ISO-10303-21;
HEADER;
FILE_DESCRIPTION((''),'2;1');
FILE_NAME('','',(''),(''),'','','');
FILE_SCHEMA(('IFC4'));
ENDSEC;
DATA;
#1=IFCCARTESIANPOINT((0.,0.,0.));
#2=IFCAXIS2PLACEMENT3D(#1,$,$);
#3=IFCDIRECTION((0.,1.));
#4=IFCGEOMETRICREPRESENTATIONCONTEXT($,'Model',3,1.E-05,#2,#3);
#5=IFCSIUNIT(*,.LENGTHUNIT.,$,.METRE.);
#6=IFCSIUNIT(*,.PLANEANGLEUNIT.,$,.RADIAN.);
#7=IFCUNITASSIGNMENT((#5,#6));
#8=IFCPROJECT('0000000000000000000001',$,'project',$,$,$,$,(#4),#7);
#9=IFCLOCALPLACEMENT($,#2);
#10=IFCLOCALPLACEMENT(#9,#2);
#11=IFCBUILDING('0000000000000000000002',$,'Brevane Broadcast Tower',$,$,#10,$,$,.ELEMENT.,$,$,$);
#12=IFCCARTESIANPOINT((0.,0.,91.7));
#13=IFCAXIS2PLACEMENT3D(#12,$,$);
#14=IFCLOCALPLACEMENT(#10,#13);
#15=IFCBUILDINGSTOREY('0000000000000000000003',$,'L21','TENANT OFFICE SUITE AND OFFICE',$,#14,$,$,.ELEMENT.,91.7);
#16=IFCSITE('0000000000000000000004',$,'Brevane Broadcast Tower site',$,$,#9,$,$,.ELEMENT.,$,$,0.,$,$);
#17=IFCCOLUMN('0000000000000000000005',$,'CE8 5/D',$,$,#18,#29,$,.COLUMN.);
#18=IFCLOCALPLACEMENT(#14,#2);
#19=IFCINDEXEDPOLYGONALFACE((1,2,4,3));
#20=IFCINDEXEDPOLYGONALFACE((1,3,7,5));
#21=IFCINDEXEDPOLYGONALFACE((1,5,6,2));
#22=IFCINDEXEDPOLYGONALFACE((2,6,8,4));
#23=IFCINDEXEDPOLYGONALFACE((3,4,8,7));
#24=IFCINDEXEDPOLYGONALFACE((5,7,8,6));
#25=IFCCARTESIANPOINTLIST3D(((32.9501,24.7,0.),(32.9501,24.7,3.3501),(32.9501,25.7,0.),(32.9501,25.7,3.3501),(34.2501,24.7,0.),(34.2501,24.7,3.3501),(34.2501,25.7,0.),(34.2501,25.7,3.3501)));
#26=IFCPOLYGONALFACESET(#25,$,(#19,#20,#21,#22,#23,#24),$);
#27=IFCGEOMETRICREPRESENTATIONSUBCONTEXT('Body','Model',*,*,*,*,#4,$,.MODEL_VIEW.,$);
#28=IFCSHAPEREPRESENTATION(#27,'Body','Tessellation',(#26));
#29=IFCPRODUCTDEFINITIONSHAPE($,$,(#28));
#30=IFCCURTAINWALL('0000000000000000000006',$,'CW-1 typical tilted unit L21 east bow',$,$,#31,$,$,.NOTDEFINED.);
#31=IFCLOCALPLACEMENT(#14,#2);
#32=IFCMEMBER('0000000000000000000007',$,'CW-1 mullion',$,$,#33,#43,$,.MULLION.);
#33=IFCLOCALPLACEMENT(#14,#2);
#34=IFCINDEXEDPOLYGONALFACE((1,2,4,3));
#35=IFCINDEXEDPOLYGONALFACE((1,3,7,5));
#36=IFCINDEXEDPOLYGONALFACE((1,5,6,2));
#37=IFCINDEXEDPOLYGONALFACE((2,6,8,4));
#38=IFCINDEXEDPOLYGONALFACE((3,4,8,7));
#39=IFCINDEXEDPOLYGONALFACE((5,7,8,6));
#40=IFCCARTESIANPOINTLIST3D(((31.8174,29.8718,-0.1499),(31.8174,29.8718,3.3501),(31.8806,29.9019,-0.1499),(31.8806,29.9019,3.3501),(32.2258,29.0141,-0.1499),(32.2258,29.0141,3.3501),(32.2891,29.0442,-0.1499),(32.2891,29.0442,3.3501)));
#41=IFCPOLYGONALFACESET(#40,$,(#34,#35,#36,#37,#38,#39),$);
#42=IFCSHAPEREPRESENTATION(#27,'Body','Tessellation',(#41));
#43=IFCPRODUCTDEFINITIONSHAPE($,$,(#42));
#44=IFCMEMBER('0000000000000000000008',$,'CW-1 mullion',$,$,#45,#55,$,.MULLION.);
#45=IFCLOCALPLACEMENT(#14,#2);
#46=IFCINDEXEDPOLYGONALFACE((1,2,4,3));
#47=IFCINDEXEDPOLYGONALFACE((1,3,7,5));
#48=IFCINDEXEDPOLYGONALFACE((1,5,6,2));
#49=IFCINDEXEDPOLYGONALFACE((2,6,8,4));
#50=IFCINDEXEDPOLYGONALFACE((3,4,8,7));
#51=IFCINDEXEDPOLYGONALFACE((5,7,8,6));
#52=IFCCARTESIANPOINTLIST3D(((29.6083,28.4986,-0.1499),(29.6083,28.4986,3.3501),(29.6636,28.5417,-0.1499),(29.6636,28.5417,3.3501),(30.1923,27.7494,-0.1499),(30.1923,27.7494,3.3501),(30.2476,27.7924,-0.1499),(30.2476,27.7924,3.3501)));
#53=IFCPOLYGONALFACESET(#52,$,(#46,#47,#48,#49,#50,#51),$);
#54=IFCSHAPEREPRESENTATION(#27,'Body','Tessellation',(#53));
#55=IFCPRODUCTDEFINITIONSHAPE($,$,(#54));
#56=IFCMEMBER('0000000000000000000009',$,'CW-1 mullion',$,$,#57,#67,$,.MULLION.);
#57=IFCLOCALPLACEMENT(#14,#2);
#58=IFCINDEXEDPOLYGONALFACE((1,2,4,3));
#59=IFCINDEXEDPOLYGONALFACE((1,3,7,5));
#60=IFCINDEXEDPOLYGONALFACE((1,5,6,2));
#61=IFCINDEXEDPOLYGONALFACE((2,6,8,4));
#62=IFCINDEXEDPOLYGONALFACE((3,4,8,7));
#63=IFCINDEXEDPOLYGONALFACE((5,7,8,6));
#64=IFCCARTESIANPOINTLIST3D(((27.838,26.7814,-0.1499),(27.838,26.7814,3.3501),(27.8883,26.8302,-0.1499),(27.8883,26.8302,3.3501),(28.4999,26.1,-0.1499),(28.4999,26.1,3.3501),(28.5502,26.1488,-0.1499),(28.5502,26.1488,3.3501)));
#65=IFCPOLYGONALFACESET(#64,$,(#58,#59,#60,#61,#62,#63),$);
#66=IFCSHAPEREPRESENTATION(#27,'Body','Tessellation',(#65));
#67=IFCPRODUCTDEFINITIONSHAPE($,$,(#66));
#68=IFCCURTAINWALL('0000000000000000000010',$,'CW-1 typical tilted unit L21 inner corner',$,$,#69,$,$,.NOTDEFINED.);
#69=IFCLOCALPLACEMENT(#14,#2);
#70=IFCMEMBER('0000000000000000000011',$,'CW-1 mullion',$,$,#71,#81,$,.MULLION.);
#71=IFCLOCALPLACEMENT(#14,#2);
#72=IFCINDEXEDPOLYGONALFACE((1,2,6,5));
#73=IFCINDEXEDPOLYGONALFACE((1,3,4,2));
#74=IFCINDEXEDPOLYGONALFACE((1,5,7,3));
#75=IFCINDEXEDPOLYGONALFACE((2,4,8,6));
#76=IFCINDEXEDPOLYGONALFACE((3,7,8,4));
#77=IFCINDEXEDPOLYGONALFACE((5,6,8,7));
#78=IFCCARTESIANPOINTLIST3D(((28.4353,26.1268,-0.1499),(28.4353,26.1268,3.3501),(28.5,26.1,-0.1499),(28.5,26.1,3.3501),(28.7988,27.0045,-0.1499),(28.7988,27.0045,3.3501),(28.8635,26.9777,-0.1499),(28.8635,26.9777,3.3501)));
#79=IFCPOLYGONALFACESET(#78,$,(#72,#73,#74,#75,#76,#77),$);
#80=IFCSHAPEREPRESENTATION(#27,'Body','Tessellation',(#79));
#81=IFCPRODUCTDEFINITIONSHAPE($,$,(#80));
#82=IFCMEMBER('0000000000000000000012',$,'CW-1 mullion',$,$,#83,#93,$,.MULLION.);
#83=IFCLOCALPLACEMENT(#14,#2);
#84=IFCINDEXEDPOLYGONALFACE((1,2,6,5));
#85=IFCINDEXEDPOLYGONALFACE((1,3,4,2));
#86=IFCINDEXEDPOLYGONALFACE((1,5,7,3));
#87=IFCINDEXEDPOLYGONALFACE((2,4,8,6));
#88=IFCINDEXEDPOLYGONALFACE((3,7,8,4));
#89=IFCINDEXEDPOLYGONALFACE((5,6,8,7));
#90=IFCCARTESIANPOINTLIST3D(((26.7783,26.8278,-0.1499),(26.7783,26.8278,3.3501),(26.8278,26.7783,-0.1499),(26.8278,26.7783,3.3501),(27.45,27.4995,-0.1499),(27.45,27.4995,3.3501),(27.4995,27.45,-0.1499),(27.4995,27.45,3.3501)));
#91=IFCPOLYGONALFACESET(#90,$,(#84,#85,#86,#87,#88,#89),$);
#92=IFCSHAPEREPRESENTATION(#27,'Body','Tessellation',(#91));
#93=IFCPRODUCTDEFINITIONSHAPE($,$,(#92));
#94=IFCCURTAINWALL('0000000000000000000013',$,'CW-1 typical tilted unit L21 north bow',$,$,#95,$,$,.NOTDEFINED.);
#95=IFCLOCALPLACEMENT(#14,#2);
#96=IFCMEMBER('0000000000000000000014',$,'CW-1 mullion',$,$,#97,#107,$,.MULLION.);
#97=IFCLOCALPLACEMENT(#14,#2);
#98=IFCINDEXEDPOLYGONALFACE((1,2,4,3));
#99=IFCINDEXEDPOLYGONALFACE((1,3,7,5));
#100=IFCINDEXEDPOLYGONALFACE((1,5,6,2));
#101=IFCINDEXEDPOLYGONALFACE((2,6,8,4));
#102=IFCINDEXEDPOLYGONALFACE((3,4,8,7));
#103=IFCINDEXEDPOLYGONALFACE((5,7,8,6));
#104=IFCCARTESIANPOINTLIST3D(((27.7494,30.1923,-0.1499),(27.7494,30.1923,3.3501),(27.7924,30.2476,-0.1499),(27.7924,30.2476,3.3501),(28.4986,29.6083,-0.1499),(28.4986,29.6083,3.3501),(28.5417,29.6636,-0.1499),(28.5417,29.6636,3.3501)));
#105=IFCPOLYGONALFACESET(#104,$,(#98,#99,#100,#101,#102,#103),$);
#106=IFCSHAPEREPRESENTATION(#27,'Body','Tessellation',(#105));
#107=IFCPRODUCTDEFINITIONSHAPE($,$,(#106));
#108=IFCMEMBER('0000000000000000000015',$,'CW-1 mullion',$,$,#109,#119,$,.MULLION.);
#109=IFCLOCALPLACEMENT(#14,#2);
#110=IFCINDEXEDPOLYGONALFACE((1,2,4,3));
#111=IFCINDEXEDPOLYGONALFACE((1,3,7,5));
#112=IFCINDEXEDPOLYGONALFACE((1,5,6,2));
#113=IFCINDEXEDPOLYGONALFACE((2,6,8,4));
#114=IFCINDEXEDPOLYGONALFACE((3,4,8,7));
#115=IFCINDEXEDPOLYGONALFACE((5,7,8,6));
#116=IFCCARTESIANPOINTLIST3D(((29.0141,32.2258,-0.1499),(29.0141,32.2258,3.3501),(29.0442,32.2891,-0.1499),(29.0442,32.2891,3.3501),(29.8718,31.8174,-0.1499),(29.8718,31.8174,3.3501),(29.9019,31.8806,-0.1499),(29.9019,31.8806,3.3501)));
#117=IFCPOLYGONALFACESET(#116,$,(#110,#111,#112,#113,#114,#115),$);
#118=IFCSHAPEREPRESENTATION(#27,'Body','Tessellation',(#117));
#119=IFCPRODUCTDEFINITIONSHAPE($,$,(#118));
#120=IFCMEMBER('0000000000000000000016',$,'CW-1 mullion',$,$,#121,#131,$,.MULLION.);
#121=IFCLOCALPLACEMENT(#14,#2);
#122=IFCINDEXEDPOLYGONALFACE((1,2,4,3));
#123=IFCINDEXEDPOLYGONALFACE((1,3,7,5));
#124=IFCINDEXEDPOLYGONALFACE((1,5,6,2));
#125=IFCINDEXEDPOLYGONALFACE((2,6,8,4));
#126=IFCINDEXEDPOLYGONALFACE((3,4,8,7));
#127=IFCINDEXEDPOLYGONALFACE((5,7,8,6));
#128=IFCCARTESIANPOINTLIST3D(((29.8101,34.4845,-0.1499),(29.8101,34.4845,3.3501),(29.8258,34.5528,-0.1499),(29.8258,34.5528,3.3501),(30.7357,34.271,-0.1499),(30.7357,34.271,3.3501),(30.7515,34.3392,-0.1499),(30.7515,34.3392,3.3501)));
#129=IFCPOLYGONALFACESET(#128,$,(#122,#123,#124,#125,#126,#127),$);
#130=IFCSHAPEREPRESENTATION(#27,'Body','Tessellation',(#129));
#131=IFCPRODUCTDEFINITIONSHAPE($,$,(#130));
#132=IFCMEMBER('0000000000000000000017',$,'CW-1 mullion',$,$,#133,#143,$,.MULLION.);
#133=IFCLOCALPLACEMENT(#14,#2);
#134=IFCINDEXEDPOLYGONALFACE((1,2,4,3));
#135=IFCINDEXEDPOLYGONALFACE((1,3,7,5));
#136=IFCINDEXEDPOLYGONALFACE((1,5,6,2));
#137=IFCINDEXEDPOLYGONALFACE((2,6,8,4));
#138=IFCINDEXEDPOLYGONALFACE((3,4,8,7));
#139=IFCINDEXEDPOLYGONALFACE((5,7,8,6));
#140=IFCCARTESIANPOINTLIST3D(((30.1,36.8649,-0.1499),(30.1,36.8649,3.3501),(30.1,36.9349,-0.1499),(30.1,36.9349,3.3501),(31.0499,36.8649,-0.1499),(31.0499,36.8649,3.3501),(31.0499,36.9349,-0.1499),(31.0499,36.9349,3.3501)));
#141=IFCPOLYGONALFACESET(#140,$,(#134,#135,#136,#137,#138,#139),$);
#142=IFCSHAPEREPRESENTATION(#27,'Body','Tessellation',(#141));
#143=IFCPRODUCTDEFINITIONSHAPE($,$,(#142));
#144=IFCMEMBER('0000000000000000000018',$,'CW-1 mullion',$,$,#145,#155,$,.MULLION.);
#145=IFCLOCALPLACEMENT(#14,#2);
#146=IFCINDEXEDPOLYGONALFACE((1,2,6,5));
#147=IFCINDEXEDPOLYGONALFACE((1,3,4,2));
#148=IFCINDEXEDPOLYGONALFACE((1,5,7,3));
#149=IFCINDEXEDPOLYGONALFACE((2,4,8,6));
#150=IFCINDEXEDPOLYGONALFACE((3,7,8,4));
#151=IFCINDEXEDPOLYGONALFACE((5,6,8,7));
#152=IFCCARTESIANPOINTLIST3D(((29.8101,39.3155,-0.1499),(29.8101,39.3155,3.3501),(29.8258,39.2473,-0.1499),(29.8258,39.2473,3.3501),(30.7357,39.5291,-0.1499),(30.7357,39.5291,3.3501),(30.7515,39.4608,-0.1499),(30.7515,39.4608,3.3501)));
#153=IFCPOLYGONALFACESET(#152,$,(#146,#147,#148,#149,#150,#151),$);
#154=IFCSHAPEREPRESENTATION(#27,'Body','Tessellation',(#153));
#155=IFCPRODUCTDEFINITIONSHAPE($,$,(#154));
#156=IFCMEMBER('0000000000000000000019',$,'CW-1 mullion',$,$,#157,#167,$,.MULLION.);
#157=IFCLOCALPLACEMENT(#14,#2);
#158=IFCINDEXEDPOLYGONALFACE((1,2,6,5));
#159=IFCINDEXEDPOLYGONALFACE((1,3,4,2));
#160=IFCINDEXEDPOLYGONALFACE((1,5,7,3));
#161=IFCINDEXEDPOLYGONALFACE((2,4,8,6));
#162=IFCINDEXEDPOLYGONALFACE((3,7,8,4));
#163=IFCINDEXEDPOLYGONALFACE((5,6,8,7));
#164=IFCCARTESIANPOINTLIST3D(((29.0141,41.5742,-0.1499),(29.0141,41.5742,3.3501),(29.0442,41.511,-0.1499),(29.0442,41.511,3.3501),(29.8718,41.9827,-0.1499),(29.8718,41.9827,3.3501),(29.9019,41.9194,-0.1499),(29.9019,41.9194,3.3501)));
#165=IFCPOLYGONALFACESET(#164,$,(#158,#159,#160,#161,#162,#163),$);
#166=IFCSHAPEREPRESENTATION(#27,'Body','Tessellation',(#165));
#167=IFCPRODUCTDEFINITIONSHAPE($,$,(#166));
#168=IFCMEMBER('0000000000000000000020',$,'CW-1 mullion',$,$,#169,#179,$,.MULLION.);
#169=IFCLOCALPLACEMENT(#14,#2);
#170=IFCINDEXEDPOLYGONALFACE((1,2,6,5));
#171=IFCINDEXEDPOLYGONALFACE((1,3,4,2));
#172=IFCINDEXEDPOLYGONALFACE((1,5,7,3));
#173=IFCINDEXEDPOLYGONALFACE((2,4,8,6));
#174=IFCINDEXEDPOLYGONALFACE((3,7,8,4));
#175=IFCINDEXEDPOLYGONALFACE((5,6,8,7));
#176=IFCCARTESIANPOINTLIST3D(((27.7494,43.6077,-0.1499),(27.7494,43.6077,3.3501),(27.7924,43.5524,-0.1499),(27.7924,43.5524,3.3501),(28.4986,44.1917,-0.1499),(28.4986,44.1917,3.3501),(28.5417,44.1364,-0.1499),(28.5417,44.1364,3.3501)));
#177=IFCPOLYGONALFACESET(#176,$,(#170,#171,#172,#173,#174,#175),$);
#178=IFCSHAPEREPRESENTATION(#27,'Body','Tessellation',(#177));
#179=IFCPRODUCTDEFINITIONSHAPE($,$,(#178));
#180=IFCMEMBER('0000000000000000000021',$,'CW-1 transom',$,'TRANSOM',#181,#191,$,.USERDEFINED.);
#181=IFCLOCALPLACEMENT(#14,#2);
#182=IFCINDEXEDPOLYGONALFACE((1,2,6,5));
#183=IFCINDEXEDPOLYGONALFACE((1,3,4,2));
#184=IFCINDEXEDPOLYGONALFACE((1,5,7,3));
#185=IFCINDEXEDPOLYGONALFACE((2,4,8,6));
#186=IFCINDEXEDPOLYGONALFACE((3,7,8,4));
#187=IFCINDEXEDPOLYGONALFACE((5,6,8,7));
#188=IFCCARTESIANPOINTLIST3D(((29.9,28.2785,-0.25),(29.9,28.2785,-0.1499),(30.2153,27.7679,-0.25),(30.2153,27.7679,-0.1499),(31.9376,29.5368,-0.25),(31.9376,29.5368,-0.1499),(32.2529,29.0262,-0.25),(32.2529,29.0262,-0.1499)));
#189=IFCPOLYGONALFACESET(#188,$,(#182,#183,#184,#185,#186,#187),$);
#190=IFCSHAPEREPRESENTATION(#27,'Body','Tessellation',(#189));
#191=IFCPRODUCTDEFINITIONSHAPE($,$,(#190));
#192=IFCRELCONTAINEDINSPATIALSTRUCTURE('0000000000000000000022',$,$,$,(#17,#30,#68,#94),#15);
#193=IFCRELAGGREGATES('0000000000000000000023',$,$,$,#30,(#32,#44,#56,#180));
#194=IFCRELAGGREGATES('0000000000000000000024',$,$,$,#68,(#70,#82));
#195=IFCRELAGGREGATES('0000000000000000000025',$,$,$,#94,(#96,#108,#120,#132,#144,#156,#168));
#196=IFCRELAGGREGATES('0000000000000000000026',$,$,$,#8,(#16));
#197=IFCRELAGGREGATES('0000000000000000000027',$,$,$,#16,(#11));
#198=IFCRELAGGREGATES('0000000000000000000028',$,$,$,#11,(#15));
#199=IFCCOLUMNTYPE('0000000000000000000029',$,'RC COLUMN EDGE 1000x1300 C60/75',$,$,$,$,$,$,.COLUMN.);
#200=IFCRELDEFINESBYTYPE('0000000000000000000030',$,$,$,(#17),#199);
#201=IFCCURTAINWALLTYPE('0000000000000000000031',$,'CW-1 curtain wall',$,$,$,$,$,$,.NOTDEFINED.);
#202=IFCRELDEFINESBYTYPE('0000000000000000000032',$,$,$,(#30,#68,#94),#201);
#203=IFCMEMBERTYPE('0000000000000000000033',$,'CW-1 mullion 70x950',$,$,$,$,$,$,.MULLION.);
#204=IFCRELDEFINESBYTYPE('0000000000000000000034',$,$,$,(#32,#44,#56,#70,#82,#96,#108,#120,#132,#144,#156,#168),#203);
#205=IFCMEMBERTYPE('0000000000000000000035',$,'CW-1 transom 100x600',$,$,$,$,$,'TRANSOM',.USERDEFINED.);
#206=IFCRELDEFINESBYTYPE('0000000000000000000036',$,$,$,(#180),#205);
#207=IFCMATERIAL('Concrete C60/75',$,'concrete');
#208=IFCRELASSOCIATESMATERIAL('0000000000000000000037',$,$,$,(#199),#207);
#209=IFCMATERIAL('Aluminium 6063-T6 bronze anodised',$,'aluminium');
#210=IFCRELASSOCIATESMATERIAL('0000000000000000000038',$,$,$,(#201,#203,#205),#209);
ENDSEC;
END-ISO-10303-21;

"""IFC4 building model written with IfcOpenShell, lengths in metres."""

from ifc_helpers import new_model, si_unit, direction, frame, origin, origin_2d, place, context, subcontext, project, spatial, rectangle, extrude, material, material_profile, profile_set, type_object, element, aggregate, save


model = new_model("IFC4")

# Units and contexts
model_context = context("Model", 3, precision=1e-05, world=origin(), true_north=direction((0.0, 1.0)))
body_context = subcontext(model_context, "Body", "Model", "MODEL_VIEW")
ifc_project = project(units=[si_unit("LENGTHUNIT", "METRE"), si_unit("PLANEANGLEUNIT", "RADIAN")], contexts=[model_context])

# Site, building, storey
site_placement = place(None, origin())
site = spatial("IfcSite", under=ifc_project, at=site_placement, Name="Brevane Broadcast Tower site", CompositionType="ELEMENT", RefElevation=0.0)
building_placement = place(site_placement, origin())
building = spatial("IfcBuilding", under=site, at=building_placement, Name="Brevane Broadcast Tower", CompositionType="ELEMENT")
storey_placement = place(building_placement, frame((0.0, 0.0, 91.7)))
storey = spatial("IfcBuildingStorey", under=building, at=storey_placement, Name="L21", Description="TENANT OFFICE SUITE AND OFFICE", CompositionType="ELEMENT", Elevation=91.7)

# Column
ifc_material_1 = material(Name="Concrete C60/75", Category="concrete")
ifc_material_profile_1 = material_profile(ifc_material_1, rectangle(XDim=1.0, YDim=1.3, at=origin_2d()), Name="RC 1000x1300")
ifc_profile_set_1 = profile_set([ifc_material_profile_1], Name="Concrete C60/75")
column_type = type_object("IfcColumnType", Name="RC COLUMN EDGE 1000x1300 C60/75", PredefinedType="COLUMN", material=ifc_profile_set_1)
column_placement = place(storey_placement, frame((33.6001, 25.2, 0.0), z_axis=(0.0, 0.0, 1.0), x_axis=(0.0, 1.0, 0.0)))
element("IfcColumn", 1, at=column_placement, inside=storey, type_object=column_type, Name="CE8 5/D", PredefinedType="COLUMN", context=body_context, shape_type="SweptSolid", body=[
    extrude(rectangle(XDim=1.0, YDim=1.3, at=origin_2d()), origin(), (0.0, 0.0, 1.0), 3.3501),
])

# Curtain walls, members
ifc_material_2 = material(Name="Aluminium 6063-T6 bronze anodised", Category="aluminium")
curtain_wall_type = type_object("IfcCurtainWallType", Name="CW-1 curtain wall", PredefinedType="NOTDEFINED", material=ifc_material_2)
curtain_wall_1_placement = place(storey_placement, origin())
curtain_wall_1 = element("IfcCurtainWall", 2, at=curtain_wall_1_placement, inside=storey, type_object=curtain_wall_type, Name="CW-1 typical tilted unit L21 east bow", PredefinedType="NOTDEFINED")
ifc_material_profile_2 = material_profile(ifc_material_2, rectangle(XDim=0.95, YDim=0.0701, at=origin_2d()), Name="RECT 70x950")
ifc_profile_set_2 = profile_set([ifc_material_profile_2], Name="Aluminium 6063-T6 bronze anodised")
member_type_1 = type_object("IfcMemberType", Name="CW-1 mullion 70x950", PredefinedType="MULLION", material=ifc_profile_set_2)
member_1_placement = place(storey_placement, frame((32.0532, 29.458, -0.1499), z_axis=(0.0, 0.0, 1.0), x_axis=(0.429934, -0.902861, 0.0)))
member_1 = element("IfcMember", 3, at=member_1_placement, type_object=member_type_1, Name="CW-1 mullion", PredefinedType="MULLION", context=body_context, shape_type="SweptSolid", body=[
    extrude(rectangle(XDim=0.95, YDim=0.0701, at=origin_2d()), origin(), (0.0, 0.0, 1.0), 3.5),
])
member_2_placement = place(storey_placement, frame((29.928, 28.1455, -0.1499), z_axis=(0.0, 0.0, 1.0), x_axis=(0.61477, -0.788707, 0.0)))
member_2 = element("IfcMember", 4, at=member_2_placement, type_object=member_type_1, Name="CW-1 mullion", PredefinedType="MULLION", context=body_context, shape_type="SweptSolid", body=[
    extrude(rectangle(XDim=0.95, YDim=0.0701, at=origin_2d()), origin(), (0.0, 0.0, 1.0), 3.5),
])
member_3_placement = place(storey_placement, frame((28.1941, 26.4651, -0.1499), z_axis=(0.0, 0.0, 1.0), x_axis=(0.696812, -0.717254, 0.0)))
member_3 = element("IfcMember", 5, at=member_3_placement, type_object=member_type_1, Name="CW-1 mullion", PredefinedType="MULLION", context=body_context, shape_type="SweptSolid", body=[
    extrude(rectangle(XDim=0.95, YDim=0.0701, at=origin_2d()), origin(), (0.0, 0.0, 1.0), 3.5),
])
curtain_wall_2_placement = place(storey_placement, origin())
curtain_wall_2 = element("IfcCurtainWall", 6, at=curtain_wall_2_placement, inside=storey, type_object=curtain_wall_type, Name="CW-1 typical tilted unit L21 inner corner", PredefinedType="NOTDEFINED")
member_4_placement = place(storey_placement, frame((28.6494, 26.5522, -0.1499), z_axis=(0.0, 0.0, 1.0), x_axis=(-0.382684, -0.923879, 0.0)))
member_4 = element("IfcMember", 7, at=member_4_placement, type_object=member_type_1, Name="CW-1 mullion", PredefinedType="MULLION", context=body_context, shape_type="SweptSolid", body=[
    extrude(rectangle(XDim=0.95, YDim=0.0701, at=origin_2d()), origin(), (0.0, 0.0, 1.0), 3.5),
])
member_5_placement = place(storey_placement, frame((27.1389, 27.1389, -0.1499), z_axis=(0.0, 0.0, 1.0), x_axis=(-0.707107, -0.707107, 0.0)))
member_5 = element("IfcMember", 8, at=member_5_placement, type_object=member_type_1, Name="CW-1 mullion", PredefinedType="MULLION", context=body_context, shape_type="SweptSolid", body=[
    extrude(rectangle(XDim=0.95, YDim=0.0701, at=origin_2d()), origin(), (0.0, 0.0, 1.0), 3.5),
])
curtain_wall_3_placement = place(storey_placement, origin())
curtain_wall_3 = element("IfcCurtainWall", 9, at=curtain_wall_3_placement, inside=storey, type_object=curtain_wall_type, Name="CW-1 typical tilted unit L21 north bow", PredefinedType="NOTDEFINED")
member_6_placement = place(storey_placement, frame((28.1455, 29.928, -0.1499), z_axis=(0.0, 0.0, 1.0), x_axis=(-0.788707, 0.61477, 0.0)))
member_6 = element("IfcMember", 10, at=member_6_placement, type_object=member_type_1, Name="CW-1 mullion", PredefinedType="MULLION", context=body_context, shape_type="SweptSolid", body=[
    extrude(rectangle(XDim=0.95, YDim=0.0701, at=origin_2d()), origin(), (0.0, 0.0, 1.0), 3.5),
])
member_7_placement = place(storey_placement, frame((29.458, 32.0532, -0.1499), z_axis=(0.0, 0.0, 1.0), x_axis=(-0.902861, 0.429934, 0.0)))
member_7 = element("IfcMember", 11, at=member_7_placement, type_object=member_type_1, Name="CW-1 mullion", PredefinedType="MULLION", context=body_context, shape_type="SweptSolid", body=[
    extrude(rectangle(XDim=0.95, YDim=0.0701, at=origin_2d()), origin(), (0.0, 0.0, 1.0), 3.5),
])
member_8_placement = place(storey_placement, frame((30.2808, 34.4119, -0.1499), z_axis=(0.0, 0.0, 1.0), x_axis=(-0.974403, 0.224806, 0.0)))
member_8 = element("IfcMember", 12, at=member_8_placement, type_object=member_type_1, Name="CW-1 mullion", PredefinedType="MULLION", context=body_context, shape_type="SweptSolid", body=[
    extrude(rectangle(XDim=0.95, YDim=0.0701, at=origin_2d()), origin(), (0.0, 0.0, 1.0), 3.5),
])
member_9_placement = place(storey_placement, frame((30.575, 36.8999, -0.1499), z_axis=(0.0, 0.0, 1.0), x_axis=(-1.0, 0.0, 0.0)))
member_9 = element("IfcMember", 13, at=member_9_placement, type_object=member_type_1, Name="CW-1 mullion", PredefinedType="MULLION", context=body_context, shape_type="SweptSolid", body=[
    extrude(rectangle(XDim=0.95, YDim=0.0701, at=origin_2d()), origin(), (0.0, 0.0, 1.0), 3.5),
])
member_10_placement = place(storey_placement, frame((30.2808, 39.3882, -0.1499), z_axis=(0.0, 0.0, 1.0), x_axis=(-0.974403, -0.224806, 0.0)))
member_10 = element("IfcMember", 14, at=member_10_placement, type_object=member_type_1, Name="CW-1 mullion", PredefinedType="MULLION", context=body_context, shape_type="SweptSolid", body=[
    extrude(rectangle(XDim=0.95, YDim=0.0701, at=origin_2d()), origin(), (0.0, 0.0, 1.0), 3.5),
])
member_11_placement = place(storey_placement, frame((29.458, 41.7468, -0.1499), z_axis=(0.0, 0.0, 1.0), x_axis=(-0.902861, -0.429934, 0.0)))
member_11 = element("IfcMember", 15, at=member_11_placement, type_object=member_type_1, Name="CW-1 mullion", PredefinedType="MULLION", context=body_context, shape_type="SweptSolid", body=[
    extrude(rectangle(XDim=0.95, YDim=0.0701, at=origin_2d()), origin(), (0.0, 0.0, 1.0), 3.5),
])
member_12_placement = place(storey_placement, frame((28.1455, 43.8721, -0.1499), z_axis=(0.0, 0.0, 1.0), x_axis=(-0.788707, -0.61477, 0.0)))
member_12 = element("IfcMember", 16, at=member_12_placement, type_object=member_type_1, Name="CW-1 mullion", PredefinedType="MULLION", context=body_context, shape_type="SweptSolid", body=[
    extrude(rectangle(XDim=0.95, YDim=0.0701, at=origin_2d()), origin(), (0.0, 0.0, 1.0), 3.5),
])

# Member
ifc_material_profile_3 = material_profile(ifc_material_2, rectangle(XDim=0.6001, YDim=0.1001, at=origin_2d()), Name="RECT 100x600")
ifc_profile_set_3 = profile_set([ifc_material_profile_3], Name="Aluminium 6063-T6 bronze anodised")
member_type_2 = type_object("IfcMemberType", Name="CW-1 transom 100x600", ElementType="TRANSOM", PredefinedType="USERDEFINED", material=ifc_profile_set_3)
member_13_placement = place(storey_placement, frame((32.0952, 29.2815, -0.2), z_axis=(-0.850838, -0.525428, 0.0), x_axis=(0.525428, -0.850838, 0.0)))
member_13 = element("IfcMember", 17, at=member_13_placement, type_object=member_type_2, Name="CW-1 transom", ObjectType="TRANSOM", PredefinedType="USERDEFINED", context=body_context, shape_type="SweptSolid", body=[
    extrude(rectangle(XDim=0.6001, YDim=0.1001, at=origin_2d()), origin(), (0.0, 0.0, 1.0), 2.3948),
])
aggregate(curtain_wall_1, [member_1, member_2, member_3, member_13])
aggregate(curtain_wall_2, [member_4, member_5])
aggregate(curtain_wall_3, [member_6, member_7, member_8, member_9, member_10, member_11, member_12])

save(model, "model.ifc")
